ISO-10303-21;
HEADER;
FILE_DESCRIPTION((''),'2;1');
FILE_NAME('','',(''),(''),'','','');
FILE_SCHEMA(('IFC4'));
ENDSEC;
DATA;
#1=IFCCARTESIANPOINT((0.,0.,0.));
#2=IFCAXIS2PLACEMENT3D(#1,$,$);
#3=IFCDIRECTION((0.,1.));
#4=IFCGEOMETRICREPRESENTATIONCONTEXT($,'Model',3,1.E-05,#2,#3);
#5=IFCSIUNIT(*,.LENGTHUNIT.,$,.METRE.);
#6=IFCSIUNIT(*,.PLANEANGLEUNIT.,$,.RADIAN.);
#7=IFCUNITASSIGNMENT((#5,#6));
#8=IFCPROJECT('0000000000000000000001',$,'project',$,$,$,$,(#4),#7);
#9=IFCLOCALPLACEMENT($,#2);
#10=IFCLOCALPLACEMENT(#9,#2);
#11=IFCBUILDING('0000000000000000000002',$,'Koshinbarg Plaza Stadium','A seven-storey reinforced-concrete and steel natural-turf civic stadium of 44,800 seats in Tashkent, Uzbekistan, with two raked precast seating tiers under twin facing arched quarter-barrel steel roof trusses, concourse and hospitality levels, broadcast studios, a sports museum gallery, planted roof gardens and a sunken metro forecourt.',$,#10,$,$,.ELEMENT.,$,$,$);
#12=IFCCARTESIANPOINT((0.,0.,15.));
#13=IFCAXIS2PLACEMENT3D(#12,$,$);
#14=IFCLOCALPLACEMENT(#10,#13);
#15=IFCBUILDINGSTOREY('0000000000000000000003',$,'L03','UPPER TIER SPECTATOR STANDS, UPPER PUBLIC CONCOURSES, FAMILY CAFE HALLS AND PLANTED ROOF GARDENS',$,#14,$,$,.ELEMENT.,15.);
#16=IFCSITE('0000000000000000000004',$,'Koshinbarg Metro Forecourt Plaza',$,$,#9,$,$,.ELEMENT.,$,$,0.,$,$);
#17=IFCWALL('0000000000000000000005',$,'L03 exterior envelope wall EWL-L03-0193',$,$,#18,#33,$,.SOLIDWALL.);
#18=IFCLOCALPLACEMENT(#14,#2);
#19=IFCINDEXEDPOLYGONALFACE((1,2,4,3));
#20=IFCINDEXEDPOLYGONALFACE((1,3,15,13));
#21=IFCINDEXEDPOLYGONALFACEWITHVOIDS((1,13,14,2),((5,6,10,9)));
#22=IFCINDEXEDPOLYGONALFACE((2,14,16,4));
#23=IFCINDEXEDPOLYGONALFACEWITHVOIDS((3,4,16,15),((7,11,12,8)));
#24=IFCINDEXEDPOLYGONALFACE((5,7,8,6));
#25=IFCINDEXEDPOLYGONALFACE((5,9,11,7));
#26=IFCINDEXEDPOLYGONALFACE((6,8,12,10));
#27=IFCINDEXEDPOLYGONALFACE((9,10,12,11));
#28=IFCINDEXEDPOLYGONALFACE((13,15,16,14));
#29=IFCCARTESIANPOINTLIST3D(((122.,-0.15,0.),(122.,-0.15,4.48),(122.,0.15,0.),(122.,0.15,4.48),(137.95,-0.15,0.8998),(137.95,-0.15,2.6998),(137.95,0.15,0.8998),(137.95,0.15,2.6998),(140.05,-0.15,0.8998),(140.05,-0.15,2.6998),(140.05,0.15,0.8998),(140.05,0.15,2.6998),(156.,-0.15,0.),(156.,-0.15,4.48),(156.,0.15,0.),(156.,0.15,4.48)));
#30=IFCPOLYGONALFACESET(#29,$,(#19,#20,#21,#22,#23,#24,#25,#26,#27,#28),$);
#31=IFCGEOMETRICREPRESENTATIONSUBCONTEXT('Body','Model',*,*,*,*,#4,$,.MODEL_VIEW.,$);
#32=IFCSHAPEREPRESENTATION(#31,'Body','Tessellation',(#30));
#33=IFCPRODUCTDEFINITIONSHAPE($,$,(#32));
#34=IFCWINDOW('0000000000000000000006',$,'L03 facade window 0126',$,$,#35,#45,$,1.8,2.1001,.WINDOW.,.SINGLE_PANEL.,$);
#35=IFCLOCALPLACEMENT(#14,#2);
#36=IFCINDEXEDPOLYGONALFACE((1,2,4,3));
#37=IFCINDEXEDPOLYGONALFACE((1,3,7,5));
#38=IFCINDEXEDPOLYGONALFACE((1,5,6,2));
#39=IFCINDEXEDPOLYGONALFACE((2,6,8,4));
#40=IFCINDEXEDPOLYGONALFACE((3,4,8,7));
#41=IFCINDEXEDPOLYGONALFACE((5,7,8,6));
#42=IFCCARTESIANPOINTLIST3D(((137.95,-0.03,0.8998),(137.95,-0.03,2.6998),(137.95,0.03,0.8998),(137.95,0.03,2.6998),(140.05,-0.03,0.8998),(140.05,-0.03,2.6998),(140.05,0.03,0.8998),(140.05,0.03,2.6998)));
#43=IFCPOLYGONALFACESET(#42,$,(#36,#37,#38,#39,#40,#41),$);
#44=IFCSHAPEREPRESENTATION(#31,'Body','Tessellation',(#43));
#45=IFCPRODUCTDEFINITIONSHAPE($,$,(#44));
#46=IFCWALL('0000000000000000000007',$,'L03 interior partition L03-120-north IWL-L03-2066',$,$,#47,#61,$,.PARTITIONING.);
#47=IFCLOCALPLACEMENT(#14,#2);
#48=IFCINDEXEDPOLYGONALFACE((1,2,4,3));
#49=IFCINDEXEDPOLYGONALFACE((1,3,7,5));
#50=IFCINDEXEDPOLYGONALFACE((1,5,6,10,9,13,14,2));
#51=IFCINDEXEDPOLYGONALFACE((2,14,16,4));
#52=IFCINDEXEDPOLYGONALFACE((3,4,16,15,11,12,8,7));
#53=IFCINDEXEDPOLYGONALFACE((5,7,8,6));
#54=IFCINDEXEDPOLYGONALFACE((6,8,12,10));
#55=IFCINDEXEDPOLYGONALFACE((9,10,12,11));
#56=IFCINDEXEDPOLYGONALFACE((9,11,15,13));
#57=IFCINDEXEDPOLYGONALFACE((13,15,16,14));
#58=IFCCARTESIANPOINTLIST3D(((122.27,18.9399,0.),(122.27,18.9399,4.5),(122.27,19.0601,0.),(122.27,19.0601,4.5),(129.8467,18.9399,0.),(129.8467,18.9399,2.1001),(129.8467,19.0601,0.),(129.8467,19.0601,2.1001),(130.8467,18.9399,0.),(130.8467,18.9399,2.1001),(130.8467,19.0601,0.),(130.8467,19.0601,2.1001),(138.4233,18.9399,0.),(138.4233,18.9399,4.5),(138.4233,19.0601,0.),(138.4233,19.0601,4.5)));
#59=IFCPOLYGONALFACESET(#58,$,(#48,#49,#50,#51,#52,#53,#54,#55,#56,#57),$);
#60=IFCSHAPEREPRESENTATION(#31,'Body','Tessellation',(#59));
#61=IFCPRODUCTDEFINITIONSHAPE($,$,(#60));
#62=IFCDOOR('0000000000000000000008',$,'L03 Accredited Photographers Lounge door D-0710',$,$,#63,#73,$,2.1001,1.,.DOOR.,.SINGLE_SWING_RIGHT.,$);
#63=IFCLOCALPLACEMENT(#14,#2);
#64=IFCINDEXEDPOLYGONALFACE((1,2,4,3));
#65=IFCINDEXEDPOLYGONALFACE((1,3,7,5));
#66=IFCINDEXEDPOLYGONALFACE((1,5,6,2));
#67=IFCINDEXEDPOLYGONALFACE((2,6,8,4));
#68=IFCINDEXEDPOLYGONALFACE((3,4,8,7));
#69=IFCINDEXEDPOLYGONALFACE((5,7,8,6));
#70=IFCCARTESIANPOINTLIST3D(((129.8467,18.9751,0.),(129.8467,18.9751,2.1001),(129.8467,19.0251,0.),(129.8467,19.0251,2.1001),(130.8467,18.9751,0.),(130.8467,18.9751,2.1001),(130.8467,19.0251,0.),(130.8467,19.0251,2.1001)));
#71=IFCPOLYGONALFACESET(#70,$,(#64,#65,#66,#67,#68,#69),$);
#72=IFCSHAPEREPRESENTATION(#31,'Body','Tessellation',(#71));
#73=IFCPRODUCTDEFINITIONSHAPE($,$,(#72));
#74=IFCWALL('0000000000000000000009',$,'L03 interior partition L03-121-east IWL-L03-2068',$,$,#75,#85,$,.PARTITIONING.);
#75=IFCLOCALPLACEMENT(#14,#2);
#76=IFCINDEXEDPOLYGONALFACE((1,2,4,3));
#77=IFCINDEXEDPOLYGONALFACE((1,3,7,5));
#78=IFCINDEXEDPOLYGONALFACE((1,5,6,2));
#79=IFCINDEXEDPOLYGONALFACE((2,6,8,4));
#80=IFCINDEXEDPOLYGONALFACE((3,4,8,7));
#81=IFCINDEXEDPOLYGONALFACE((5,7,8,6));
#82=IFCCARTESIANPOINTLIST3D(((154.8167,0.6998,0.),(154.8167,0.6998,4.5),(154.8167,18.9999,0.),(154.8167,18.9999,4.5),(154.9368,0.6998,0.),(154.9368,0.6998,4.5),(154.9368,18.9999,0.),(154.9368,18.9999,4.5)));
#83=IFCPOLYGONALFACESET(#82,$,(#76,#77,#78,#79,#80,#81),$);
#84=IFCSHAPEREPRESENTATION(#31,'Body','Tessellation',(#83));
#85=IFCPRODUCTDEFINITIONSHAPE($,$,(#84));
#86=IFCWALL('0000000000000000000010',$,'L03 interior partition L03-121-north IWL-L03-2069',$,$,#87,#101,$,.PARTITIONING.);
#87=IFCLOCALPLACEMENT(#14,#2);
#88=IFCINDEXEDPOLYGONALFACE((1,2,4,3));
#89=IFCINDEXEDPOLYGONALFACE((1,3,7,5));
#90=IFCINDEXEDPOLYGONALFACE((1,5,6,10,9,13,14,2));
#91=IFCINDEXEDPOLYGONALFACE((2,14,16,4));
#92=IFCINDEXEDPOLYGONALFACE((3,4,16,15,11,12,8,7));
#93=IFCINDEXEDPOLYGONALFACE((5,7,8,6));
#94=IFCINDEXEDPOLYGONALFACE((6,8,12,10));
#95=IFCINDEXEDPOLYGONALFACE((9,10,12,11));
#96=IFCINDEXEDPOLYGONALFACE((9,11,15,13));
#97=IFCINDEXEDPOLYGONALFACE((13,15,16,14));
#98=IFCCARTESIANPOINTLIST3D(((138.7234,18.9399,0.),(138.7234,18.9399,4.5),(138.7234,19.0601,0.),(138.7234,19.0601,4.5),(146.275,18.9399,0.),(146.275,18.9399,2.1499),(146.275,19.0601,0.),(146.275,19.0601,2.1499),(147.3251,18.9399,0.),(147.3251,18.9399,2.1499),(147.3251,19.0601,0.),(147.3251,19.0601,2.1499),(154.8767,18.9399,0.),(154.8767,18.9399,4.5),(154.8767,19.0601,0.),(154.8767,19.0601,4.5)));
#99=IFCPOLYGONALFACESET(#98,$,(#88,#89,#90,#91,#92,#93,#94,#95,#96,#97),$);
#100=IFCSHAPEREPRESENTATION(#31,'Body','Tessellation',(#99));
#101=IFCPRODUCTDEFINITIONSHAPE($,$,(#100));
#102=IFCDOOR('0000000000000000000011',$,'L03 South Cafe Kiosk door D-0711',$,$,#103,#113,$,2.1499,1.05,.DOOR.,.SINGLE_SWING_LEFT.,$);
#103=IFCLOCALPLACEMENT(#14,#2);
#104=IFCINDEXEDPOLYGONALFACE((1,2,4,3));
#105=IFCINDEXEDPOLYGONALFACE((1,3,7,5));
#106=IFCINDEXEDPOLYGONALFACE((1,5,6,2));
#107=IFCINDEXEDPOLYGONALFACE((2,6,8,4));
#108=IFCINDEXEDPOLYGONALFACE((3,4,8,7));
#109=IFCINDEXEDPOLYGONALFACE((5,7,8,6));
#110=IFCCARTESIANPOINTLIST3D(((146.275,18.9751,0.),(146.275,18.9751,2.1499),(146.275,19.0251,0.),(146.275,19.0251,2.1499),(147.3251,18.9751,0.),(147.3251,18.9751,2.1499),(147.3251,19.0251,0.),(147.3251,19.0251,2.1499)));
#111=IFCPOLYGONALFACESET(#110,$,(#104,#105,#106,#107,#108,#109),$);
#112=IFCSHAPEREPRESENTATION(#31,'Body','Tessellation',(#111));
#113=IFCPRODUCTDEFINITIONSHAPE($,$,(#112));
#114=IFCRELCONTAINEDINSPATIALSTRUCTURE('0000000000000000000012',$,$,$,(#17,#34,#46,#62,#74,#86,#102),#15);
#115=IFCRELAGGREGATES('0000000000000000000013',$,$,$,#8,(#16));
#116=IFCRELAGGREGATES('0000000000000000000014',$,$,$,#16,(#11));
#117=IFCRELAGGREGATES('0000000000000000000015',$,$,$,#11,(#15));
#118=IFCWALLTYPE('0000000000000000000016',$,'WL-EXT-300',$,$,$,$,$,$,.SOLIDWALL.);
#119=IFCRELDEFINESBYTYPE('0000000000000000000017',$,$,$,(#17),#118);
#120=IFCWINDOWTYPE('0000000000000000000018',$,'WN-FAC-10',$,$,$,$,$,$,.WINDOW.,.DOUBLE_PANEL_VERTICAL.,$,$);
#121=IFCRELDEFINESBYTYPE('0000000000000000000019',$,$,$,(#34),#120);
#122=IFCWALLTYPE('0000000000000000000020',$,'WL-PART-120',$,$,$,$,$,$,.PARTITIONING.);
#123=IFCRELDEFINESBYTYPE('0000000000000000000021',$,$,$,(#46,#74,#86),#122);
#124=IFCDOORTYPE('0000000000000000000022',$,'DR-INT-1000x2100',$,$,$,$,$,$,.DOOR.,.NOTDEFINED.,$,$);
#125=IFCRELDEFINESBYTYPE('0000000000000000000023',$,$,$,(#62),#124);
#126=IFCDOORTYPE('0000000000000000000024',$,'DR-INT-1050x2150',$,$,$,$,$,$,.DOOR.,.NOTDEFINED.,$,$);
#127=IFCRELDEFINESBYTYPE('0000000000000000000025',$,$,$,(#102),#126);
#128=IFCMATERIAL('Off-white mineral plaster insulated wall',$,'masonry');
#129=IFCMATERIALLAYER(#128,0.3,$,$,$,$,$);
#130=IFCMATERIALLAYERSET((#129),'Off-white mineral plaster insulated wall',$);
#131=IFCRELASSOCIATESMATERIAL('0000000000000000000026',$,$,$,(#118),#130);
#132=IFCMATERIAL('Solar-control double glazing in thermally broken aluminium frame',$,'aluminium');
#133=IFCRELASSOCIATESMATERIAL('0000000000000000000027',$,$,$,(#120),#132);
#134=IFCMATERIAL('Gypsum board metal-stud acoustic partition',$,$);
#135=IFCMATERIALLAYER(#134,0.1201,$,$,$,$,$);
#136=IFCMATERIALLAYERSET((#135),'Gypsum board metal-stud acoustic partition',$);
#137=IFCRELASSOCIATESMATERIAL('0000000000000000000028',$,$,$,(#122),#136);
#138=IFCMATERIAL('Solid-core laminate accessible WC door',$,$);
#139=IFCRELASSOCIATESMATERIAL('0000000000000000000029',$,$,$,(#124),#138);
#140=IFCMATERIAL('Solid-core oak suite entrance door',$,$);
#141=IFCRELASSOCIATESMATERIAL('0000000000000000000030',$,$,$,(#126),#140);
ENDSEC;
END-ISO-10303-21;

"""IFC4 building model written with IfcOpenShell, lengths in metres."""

from ifc_helpers import new_model, si_unit, direction, frame, frame_2d, origin, place, context, subcontext, project, spatial, rectangle, extrude, material, layer, layer_set, type_object, element, fill, save


model = new_model("IFC4")

# Units and contexts
model_context = context("Model", 3, precision=1e-05, world=origin(), true_north=direction((0.0, 1.0)))
body_context = subcontext(model_context, "Body", "Model", "MODEL_VIEW")
ifc_project = project(units=[si_unit("LENGTHUNIT", "METRE"), si_unit("PLANEANGLEUNIT", "RADIAN")], contexts=[model_context])

# Site, building, storey
site_placement = place(None, origin())
site = spatial("IfcSite", under=ifc_project, at=site_placement, Name="Koshinbarg Metro Forecourt Plaza", CompositionType="ELEMENT", RefElevation=0.0)
building_placement = place(site_placement, origin())
building = spatial("IfcBuilding", under=site, at=building_placement, Name="Koshinbarg Plaza Stadium", Description="A seven-storey reinforced-concrete and steel natural-turf civic stadium of 44,800 seats in Tashkent, Uzbekistan, with two raked precast seating tiers under twin facing arched quarter-barrel steel roof trusses, concourse and hospitality levels, broadcast studios, a sports museum gallery, planted roof gardens and a sunken metro forecourt.", CompositionType="ELEMENT")
storey_placement = place(building_placement, frame((0.0, 0.0, 15.0)))
storey = spatial("IfcBuildingStorey", under=building, at=storey_placement, Name="L03", Description="UPPER TIER SPECTATOR STANDS, UPPER PUBLIC CONCOURSES, FAMILY CAFE HALLS AND PLANTED ROOF GARDENS", CompositionType="ELEMENT", Elevation=15.0)

# Wall, opening, window
ifc_material_1 = material(Name="Solar-control double glazing in thermally broken aluminium frame", Category="aluminium")
ifc_material_2 = material(Name="Off-white mineral plaster insulated wall", Category="masonry")
ifc_layer_1 = layer(ifc_material_2, 0.3)
ifc_layer_set_1 = layer_set([ifc_layer_1], Name="Off-white mineral plaster insulated wall")
wall_type_1 = type_object("IfcWallType", Name="WL-EXT-300", PredefinedType="SOLIDWALL", material=ifc_layer_set_1)
wall_1_placement = place(storey_placement, frame((156.0, 0.0, 0.0), z_axis=(0.0, 0.0, 1.0), x_axis=(-1.0, 0.0, 0.0)))
wall_1 = element("IfcWall", 1, at=wall_1_placement, inside=storey, type_object=wall_type_1, Name="L03 exterior envelope wall EWL-L03-0193", PredefinedType="SOLIDWALL", context=body_context, shape_type="SweptSolid", body=[
    extrude(rectangle(XDim=34.0, YDim=0.3, at=frame_2d((17.0, 0.0))), origin(), (0.0, 0.0, 1.0), 4.48),
])
opening_1_placement = place(wall_1_placement, frame((15.95, 0.0, 0.8999)))
opening_1 = element("IfcOpeningElement", 2, at=opening_1_placement, cuts=wall_1, PredefinedType="OPENING", context=body_context, shape_type="SweptSolid", body=[
    extrude(rectangle(XDim=2.1001, YDim=1.8, at=frame_2d((1.05, 0.8999))), frame((0.0, 0.1599, 0.0), z_axis=(0.0, -1.0, 0.0), x_axis=(1.0, 0.0, 0.0)), (0.0, 0.0, 1.0), 0.3201),
])
window_type_1 = type_object("IfcWindowType", Name="WN-FAC-10", PartitioningType="DOUBLE_PANEL_VERTICAL", PredefinedType="WINDOW", material=ifc_material_1)
window_1_placement = place(opening_1_placement, origin())
window_1 = element("IfcWindow", 3, at=window_1_placement, inside=storey, type_object=window_type_1, Name="L03 facade window 0126", OverallHeight=1.8, OverallWidth=2.1001, PartitioningType="SINGLE_PANEL", PredefinedType="WINDOW", context=body_context, shape_type="SweptSolid", body=[
    extrude(rectangle(XDim=2.1001, YDim=1.8, at=frame_2d((1.05, 0.8999))), frame((0.0, 0.03, 0.0), z_axis=(0.0, -1.0, 0.0), x_axis=(1.0, 0.0, 0.0)), (0.0, 0.0, 1.0), 0.0601),
])
fill(opening_1, window_1)

# Wall, opening, door
ifc_material_3 = material(Name="Gypsum board metal-stud acoustic partition")
ifc_layer_2 = layer(ifc_material_3, 0.1201)
ifc_layer_set_2 = layer_set([ifc_layer_2], Name="Gypsum board metal-stud acoustic partition")
wall_type_2 = type_object("IfcWallType", Name="WL-PART-120", PredefinedType="PARTITIONING", material=ifc_layer_set_2)
wall_2_placement = place(storey_placement, frame((138.4233, 19.0, 0.0), z_axis=(0.0, 0.0, 1.0), x_axis=(-1.0, 0.0, 0.0)))
wall_2 = element("IfcWall", 4, at=wall_2_placement, inside=storey, type_object=wall_type_2, Name="L03 interior partition L03-120-north IWL-L03-2066", PredefinedType="PARTITIONING", context=body_context, shape_type="SweptSolid", body=[
    extrude(rectangle(XDim=16.1533, YDim=0.1201, at=frame_2d((8.0767, 0.0))), origin(), (0.0, 0.0, 1.0), 4.5),
])
opening_2_placement = place(wall_2_placement, frame((7.5767, 0.0, 0.0)))
opening_2 = element("IfcOpeningElement", 5, at=opening_2_placement, cuts=wall_2, PredefinedType="OPENING", context=body_context, shape_type="SweptSolid", body=[
    extrude(rectangle(XDim=1.0, YDim=2.1001, at=frame_2d((0.5, 1.05))), frame((0.0, 0.0701, 0.0), z_axis=(0.0, -1.0, 0.0), x_axis=(1.0, 0.0, 0.0)), (0.0, 0.0, 1.0), 0.1401),
])
ifc_material_4 = material(Name="Solid-core laminate accessible WC door")
door_type_1 = type_object("IfcDoorType", Name="DR-INT-1000x2100", OperationType="NOTDEFINED", PredefinedType="DOOR", material=ifc_material_4)
door_1_placement = place(opening_2_placement, origin())
door_1 = element("IfcDoor", 6, at=door_1_placement, inside=storey, type_object=door_type_1, Name="L03 Accredited Photographers Lounge door D-0710", OperationType="SINGLE_SWING_RIGHT", OverallHeight=2.1001, OverallWidth=1.0, PredefinedType="DOOR", context=body_context, shape_type="SweptSolid", body=[
    extrude(rectangle(XDim=1.0, YDim=2.1001, at=frame_2d((0.5, 1.05))), frame((0.0, 0.0249, 0.0), z_axis=(0.0, -1.0, 0.0), x_axis=(1.0, 0.0, 0.0)), (0.0, 0.0, 1.0), 0.05),
])
fill(opening_2, door_1)

# Wall
wall_3_placement = place(storey_placement, frame((154.8767, 0.7, 0.0), z_axis=(0.0, 0.0, 1.0), x_axis=(0.0, 1.0, 0.0)))
element("IfcWall", 7, at=wall_3_placement, inside=storey, type_object=wall_type_2, Name="L03 interior partition L03-121-east IWL-L03-2068", PredefinedType="PARTITIONING", context=body_context, shape_type="SweptSolid", body=[
    extrude(rectangle(XDim=18.3, YDim=0.1201, at=frame_2d((9.1499, 0.0))), origin(), (0.0, 0.0, 1.0), 4.5),
])

# Wall, opening, door
wall_4_placement = place(storey_placement, frame((154.8767, 19.0, 0.0), z_axis=(0.0, 0.0, 1.0), x_axis=(-1.0, 0.0, 0.0)))
wall_4 = element("IfcWall", 8, at=wall_4_placement, inside=storey, type_object=wall_type_2, Name="L03 interior partition L03-121-north IWL-L03-2069", PredefinedType="PARTITIONING", context=body_context, shape_type="SweptSolid", body=[
    extrude(rectangle(XDim=16.1533, YDim=0.1201, at=frame_2d((8.0767, 0.0))), origin(), (0.0, 0.0, 1.0), 4.5),
])
opening_3_placement = place(wall_4_placement, frame((7.5518, 0.0, 0.0)))
opening_3 = element("IfcOpeningElement", 9, at=opening_3_placement, cuts=wall_4, PredefinedType="OPENING", context=body_context, shape_type="SweptSolid", body=[
    extrude(rectangle(XDim=1.05, YDim=2.1499, at=frame_2d((0.5249, 1.075))), frame((0.0, 0.0701, 0.0), z_axis=(0.0, -1.0, 0.0), x_axis=(1.0, 0.0, 0.0)), (0.0, 0.0, 1.0), 0.1401),
])
ifc_material_5 = material(Name="Solid-core oak suite entrance door")
door_type_2 = type_object("IfcDoorType", Name="DR-INT-1050x2150", OperationType="NOTDEFINED", PredefinedType="DOOR", material=ifc_material_5)
door_2_placement = place(opening_3_placement, origin())
door_2 = element("IfcDoor", 10, at=door_2_placement, inside=storey, type_object=door_type_2, Name="L03 South Cafe Kiosk door D-0711", OperationType="SINGLE_SWING_LEFT", OverallHeight=2.1499, OverallWidth=1.05, PredefinedType="DOOR", context=body_context, shape_type="SweptSolid", body=[
    extrude(rectangle(XDim=1.05, YDim=2.1499, at=frame_2d((0.5249, 1.075))), frame((0.0, 0.0249, 0.0), z_axis=(0.0, -1.0, 0.0), x_axis=(1.0, 0.0, 0.0)), (0.0, 0.0, 1.0), 0.05),
])
fill(opening_3, door_2)

save(model, "model.ifc")
